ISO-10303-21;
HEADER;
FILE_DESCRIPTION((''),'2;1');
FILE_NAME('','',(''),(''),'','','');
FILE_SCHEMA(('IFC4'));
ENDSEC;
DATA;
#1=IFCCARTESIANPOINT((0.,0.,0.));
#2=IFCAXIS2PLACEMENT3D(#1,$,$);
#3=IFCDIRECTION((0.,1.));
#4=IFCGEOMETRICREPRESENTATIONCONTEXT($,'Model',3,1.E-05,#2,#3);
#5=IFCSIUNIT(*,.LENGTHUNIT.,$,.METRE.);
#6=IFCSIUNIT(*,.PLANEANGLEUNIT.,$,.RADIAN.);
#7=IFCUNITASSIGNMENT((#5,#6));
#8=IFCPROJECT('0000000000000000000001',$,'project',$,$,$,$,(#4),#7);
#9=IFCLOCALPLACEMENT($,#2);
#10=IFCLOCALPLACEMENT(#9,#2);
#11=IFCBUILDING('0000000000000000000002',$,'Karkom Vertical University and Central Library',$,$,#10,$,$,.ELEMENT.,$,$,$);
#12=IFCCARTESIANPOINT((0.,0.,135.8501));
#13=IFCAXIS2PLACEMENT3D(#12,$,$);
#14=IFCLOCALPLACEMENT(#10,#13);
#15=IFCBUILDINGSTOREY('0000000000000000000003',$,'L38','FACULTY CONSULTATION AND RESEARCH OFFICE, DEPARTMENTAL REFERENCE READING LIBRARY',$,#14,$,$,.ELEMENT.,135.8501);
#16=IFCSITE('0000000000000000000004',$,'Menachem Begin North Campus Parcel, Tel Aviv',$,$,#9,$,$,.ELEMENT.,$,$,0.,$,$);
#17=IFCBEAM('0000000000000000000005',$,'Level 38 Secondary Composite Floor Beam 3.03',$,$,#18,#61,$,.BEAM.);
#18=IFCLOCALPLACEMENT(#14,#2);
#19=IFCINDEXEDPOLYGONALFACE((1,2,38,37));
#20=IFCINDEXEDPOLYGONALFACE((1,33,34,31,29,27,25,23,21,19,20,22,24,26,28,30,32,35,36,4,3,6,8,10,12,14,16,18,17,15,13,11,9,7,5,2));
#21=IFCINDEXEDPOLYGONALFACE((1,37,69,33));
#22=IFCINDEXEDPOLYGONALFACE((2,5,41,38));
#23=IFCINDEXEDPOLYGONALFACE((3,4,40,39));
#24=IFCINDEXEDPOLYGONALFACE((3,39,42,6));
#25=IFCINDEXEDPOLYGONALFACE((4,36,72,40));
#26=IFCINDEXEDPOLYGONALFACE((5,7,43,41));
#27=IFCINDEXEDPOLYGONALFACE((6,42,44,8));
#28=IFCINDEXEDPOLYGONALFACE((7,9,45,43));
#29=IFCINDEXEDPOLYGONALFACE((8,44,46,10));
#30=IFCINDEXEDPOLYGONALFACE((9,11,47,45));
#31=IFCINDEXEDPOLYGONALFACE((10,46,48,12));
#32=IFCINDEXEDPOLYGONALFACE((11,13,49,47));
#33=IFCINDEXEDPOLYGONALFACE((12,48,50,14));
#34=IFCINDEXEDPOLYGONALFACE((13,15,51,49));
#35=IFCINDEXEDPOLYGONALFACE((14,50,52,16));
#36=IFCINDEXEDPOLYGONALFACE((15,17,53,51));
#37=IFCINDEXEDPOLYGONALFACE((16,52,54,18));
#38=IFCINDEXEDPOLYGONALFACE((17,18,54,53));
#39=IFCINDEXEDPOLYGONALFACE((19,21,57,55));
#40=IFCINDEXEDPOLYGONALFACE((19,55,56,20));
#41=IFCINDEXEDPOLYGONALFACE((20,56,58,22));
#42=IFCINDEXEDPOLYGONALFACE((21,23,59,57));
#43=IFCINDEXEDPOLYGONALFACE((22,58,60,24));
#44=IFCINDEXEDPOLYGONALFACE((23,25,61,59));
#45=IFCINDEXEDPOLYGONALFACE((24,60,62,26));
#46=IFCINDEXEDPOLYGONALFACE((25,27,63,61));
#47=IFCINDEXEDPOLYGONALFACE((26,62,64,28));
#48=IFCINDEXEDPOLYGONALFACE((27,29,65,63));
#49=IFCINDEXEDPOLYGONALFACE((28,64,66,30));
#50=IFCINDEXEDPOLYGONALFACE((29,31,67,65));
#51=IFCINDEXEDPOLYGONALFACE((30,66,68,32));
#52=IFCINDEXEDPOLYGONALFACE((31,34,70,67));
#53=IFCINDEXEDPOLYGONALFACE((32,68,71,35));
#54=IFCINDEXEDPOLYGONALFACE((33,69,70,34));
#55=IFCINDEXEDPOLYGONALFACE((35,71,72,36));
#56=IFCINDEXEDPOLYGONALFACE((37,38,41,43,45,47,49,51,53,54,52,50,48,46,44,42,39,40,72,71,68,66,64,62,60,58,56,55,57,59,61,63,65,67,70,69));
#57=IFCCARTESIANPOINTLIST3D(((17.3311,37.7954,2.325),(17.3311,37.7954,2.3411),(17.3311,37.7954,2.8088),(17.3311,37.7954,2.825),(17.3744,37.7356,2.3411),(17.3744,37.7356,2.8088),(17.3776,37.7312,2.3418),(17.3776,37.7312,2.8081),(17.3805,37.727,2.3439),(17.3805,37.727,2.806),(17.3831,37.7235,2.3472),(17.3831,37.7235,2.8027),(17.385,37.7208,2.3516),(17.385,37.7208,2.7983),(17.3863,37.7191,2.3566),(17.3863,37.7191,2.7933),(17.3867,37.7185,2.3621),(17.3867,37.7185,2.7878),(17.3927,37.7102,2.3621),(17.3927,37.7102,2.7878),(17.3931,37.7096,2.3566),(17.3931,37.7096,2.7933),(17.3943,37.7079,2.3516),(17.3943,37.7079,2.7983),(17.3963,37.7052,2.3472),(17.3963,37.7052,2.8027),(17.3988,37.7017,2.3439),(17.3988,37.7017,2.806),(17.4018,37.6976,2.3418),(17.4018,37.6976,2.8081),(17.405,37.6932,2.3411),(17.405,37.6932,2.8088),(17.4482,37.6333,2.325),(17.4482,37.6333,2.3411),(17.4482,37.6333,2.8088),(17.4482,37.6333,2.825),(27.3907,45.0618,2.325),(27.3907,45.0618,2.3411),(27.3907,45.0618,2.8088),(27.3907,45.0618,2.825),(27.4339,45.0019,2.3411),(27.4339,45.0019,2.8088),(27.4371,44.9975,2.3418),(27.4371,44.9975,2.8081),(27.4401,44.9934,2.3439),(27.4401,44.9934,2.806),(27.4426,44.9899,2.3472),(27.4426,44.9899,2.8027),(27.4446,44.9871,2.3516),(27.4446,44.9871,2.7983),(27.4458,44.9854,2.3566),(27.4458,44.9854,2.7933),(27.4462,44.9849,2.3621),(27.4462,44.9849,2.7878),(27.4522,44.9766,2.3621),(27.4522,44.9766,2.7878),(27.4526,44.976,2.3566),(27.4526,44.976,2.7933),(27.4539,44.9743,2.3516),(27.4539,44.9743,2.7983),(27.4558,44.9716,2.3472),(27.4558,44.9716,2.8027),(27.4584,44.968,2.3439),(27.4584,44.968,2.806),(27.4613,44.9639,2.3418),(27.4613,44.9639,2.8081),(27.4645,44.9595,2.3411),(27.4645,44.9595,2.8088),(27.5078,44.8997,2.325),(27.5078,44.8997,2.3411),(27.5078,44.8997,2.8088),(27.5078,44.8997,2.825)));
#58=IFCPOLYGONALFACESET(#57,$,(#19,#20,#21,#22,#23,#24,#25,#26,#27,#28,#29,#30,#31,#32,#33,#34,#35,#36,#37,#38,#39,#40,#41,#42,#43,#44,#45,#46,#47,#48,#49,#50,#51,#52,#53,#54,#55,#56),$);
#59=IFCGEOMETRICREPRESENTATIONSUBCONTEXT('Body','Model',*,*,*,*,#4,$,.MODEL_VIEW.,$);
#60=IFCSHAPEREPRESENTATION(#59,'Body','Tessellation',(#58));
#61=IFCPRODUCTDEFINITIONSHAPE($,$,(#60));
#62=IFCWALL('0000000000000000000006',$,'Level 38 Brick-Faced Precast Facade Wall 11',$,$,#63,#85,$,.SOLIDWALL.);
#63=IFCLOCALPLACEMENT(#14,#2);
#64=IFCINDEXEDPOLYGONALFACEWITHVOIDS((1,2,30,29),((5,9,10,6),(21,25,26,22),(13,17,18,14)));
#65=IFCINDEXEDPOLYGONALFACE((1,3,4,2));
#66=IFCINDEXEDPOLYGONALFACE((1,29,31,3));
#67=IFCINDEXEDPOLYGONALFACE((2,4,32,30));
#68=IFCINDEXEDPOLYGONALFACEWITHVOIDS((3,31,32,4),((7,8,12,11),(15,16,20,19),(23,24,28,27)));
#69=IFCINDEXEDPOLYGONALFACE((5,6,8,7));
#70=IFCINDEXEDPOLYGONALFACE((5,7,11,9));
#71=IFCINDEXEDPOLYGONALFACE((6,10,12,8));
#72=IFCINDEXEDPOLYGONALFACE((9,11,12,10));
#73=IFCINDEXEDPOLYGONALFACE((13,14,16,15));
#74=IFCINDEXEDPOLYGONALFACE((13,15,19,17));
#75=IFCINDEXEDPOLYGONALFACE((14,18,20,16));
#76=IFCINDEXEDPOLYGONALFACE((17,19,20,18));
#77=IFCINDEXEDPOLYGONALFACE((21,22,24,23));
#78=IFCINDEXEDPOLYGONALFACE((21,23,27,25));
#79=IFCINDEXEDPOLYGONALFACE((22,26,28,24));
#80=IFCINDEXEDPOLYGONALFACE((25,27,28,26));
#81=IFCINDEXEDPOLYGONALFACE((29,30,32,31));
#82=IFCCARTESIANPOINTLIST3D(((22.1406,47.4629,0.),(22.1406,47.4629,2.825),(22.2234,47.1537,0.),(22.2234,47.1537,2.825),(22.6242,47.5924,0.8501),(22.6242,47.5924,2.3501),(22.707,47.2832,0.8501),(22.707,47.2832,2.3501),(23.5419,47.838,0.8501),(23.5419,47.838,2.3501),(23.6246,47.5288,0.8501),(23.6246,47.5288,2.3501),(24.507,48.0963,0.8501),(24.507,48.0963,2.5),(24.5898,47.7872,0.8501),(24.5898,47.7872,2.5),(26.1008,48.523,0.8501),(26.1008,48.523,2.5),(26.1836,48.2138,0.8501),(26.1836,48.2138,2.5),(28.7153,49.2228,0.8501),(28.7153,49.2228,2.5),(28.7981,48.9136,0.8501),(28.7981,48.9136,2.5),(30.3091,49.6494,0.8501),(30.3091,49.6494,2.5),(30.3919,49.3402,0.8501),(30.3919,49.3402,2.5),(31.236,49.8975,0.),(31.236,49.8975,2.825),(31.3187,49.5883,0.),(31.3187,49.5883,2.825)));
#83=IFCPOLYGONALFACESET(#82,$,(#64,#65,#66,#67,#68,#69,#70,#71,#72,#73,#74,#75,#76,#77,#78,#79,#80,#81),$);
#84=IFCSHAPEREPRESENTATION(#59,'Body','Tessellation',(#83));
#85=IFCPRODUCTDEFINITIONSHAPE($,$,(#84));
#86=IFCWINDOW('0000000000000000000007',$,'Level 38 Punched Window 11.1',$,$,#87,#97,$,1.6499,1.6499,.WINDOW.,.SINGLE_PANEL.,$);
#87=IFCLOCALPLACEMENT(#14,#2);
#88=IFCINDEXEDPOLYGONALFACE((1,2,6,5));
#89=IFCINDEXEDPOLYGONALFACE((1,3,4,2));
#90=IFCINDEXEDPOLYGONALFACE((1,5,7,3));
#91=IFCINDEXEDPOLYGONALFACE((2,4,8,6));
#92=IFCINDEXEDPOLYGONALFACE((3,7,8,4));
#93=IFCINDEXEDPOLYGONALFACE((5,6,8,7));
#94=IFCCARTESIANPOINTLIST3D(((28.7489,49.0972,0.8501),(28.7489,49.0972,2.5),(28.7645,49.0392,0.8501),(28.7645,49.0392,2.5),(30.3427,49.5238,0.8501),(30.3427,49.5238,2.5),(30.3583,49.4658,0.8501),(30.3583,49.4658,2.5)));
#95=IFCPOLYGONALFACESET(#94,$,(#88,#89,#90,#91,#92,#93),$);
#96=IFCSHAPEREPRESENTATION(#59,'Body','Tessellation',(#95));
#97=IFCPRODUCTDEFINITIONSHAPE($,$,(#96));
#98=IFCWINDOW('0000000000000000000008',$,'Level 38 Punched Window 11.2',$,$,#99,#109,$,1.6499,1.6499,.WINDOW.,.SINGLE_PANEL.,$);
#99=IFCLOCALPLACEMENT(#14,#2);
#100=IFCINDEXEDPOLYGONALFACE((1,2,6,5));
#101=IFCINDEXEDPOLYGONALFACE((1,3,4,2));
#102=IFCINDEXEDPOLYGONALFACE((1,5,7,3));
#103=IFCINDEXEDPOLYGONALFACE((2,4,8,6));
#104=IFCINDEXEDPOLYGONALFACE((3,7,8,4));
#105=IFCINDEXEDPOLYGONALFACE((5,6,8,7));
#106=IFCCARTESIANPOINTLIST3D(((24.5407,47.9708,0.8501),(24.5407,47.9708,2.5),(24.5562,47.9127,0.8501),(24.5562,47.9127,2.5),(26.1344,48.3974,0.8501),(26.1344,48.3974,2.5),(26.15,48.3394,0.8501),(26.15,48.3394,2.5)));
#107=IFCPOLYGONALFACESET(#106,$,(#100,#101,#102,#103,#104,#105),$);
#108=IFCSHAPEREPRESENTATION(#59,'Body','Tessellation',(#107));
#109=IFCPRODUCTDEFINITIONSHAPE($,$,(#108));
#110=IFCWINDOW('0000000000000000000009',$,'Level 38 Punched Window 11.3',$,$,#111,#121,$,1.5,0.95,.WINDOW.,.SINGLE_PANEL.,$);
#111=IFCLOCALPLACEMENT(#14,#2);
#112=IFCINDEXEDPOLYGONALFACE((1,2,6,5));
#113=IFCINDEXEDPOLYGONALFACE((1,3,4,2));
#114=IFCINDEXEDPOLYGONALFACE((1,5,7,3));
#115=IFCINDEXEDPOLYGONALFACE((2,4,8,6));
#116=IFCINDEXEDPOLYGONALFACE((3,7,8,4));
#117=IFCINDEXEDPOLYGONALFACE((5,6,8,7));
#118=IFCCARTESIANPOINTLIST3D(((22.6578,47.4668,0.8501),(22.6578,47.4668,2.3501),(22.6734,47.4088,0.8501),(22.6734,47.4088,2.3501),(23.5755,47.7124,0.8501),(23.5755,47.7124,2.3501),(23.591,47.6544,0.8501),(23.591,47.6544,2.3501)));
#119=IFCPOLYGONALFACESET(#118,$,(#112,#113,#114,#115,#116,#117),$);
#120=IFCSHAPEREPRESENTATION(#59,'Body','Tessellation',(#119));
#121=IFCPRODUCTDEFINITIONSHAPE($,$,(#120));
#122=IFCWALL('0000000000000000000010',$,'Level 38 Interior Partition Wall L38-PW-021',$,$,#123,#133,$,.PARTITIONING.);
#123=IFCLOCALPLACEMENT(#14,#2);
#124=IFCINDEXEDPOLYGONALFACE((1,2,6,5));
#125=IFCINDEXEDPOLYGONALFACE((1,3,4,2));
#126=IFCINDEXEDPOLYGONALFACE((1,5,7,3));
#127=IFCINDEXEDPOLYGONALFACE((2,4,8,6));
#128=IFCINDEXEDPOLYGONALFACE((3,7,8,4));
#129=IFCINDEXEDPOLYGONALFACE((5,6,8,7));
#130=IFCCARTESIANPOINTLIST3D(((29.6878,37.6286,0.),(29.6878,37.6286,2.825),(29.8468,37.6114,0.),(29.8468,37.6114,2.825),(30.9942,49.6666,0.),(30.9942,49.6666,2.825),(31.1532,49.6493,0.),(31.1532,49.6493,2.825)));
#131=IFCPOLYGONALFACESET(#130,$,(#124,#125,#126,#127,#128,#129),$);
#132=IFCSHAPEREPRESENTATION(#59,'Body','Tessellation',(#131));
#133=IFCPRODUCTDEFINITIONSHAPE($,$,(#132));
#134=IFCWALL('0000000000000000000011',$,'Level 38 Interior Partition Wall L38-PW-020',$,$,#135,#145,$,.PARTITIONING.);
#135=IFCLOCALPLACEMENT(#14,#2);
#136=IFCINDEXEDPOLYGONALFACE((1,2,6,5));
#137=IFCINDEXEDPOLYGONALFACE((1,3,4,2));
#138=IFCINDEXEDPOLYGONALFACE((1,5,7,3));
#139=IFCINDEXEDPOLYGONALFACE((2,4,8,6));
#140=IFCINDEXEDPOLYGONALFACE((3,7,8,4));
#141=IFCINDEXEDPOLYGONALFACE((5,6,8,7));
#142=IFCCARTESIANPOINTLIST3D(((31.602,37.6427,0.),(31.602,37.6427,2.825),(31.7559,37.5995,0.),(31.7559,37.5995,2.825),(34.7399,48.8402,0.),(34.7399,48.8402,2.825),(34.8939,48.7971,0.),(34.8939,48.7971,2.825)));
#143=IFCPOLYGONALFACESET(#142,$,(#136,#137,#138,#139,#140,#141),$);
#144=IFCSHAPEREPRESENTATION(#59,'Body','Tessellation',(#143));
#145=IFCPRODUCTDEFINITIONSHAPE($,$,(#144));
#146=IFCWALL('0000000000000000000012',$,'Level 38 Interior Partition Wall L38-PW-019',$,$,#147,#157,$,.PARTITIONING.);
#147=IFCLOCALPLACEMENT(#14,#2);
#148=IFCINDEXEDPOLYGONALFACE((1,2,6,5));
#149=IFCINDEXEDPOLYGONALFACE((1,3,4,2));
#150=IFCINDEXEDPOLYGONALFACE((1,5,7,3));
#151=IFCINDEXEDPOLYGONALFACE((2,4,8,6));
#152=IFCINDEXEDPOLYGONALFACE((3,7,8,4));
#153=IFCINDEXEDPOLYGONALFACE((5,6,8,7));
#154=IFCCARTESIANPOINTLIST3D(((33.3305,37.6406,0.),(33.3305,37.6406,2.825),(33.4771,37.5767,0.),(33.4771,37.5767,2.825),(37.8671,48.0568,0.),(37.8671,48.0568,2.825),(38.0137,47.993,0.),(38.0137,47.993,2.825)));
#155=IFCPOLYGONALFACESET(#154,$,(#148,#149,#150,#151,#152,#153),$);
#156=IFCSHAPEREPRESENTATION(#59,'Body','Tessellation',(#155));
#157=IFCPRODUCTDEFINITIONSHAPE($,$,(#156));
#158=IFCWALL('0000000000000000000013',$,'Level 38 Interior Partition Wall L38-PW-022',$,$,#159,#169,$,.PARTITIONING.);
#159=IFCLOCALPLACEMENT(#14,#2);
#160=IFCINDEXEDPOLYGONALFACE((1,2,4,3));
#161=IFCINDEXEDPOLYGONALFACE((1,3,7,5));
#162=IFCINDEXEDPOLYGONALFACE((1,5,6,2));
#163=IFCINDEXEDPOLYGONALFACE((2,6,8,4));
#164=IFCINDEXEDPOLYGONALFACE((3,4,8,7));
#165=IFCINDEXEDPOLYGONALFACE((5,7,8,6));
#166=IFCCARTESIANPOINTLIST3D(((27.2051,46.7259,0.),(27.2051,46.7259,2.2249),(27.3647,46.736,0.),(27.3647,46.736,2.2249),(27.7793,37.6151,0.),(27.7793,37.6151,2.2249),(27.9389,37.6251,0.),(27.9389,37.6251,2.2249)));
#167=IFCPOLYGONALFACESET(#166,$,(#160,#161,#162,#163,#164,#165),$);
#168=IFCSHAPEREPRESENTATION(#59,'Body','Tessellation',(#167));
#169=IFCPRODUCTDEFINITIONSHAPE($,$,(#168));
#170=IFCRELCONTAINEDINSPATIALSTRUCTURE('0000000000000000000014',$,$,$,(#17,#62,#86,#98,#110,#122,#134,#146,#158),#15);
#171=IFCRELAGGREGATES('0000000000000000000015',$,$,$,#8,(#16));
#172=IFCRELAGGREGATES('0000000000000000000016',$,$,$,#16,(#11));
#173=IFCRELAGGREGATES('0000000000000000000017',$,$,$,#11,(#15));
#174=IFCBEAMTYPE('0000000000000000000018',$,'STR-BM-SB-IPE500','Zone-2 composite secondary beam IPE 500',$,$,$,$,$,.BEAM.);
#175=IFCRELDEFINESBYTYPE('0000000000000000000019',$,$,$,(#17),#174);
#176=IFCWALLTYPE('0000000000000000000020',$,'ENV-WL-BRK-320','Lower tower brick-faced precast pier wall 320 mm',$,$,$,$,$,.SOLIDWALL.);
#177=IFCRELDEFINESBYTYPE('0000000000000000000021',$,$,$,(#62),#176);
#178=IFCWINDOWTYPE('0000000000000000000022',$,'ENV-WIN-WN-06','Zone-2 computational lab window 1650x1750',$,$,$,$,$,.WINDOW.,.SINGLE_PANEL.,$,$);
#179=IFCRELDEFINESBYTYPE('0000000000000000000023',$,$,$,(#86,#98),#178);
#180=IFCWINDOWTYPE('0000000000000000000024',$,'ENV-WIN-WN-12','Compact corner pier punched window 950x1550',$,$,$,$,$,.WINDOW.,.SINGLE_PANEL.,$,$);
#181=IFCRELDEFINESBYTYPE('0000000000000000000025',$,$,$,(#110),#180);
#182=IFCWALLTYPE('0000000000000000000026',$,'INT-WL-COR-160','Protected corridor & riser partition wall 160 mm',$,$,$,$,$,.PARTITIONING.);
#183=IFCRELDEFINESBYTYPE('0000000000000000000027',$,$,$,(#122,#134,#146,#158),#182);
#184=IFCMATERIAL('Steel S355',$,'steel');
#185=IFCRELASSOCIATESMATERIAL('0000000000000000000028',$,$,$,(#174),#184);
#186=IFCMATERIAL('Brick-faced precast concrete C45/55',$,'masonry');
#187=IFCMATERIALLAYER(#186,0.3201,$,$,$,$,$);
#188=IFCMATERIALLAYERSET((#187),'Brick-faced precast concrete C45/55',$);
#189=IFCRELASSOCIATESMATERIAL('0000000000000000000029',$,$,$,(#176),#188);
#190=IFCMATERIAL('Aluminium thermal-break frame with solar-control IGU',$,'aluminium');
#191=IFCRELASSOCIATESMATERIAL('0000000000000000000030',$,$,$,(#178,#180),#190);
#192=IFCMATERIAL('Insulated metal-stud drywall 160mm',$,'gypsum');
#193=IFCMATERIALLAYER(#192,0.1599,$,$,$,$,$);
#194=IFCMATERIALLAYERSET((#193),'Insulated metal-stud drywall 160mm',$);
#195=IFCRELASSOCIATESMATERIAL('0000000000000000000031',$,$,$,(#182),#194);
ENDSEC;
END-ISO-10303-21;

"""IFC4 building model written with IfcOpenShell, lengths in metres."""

from ifc_helpers import new_model, si_unit, direction, frame, frame_2d, origin, origin_with_axes, origin_2d, place, context, subcontext, project, spatial, rectangle, i_section, extrude, source, transform, mapped, material, layer, layer_set, material_profile, profile_set, type_object, element, fill, save


model = new_model("IFC4")

# Units and contexts
model_context = context("Model", 3, precision=1e-05, world=origin(), true_north=direction((0.0, 1.0)))
body_context = subcontext(model_context, "Body", "Model", "MODEL_VIEW")
ifc_project = project(units=[si_unit("LENGTHUNIT", "METRE"), si_unit("PLANEANGLEUNIT", "RADIAN")], contexts=[model_context])

# Site, building, storey
site_placement = place(None, origin())
site = spatial("IfcSite", under=ifc_project, at=site_placement, Name="Menachem Begin North Campus Parcel, Tel Aviv", CompositionType="ELEMENT", RefElevation=0.0)
building_placement = place(site_placement, origin())
building = spatial("IfcBuilding", under=site, at=building_placement, Name="Karkom Vertical University and Central Library", CompositionType="ELEMENT")
storey_placement = place(building_placement, frame((0.0, 0.0, 135.8501)))
storey = spatial("IfcBuildingStorey", under=building, at=storey_placement, Name="L38", Description="FACULTY CONSULTATION AND RESEARCH OFFICE, DEPARTMENTAL REFERENCE READING LIBRARY", CompositionType="ELEMENT", Elevation=135.8501)

# Beam
ifc_material_1 = material(Name="Steel S355", Category="steel")
ifc_material_profile_1 = material_profile(ifc_material_1, i_section(OverallWidth=0.2, OverallDepth=0.5, WebThickness=0.0103, FlangeThickness=0.0161, FilletRadius=0.021, at=origin_2d()), Name="IPE 500")
ifc_profile_set_1 = profile_set([ifc_material_profile_1], Name="Steel S355")
beam_type_1 = type_object("IfcBeamType", Name="STR-BM-SB-IPE500", Description="Zone-2 composite secondary beam IPE 500", PredefinedType="BEAM", material=ifc_profile_set_1)
shared_shape_1 = source(origin_with_axes(), body_context, "Body", "SweptSolid", [
    extrude(i_section(OverallWidth=0.2, OverallDepth=0.5, WebThickness=0.0103, FlangeThickness=0.0161, FilletRadius=0.021, at=origin_2d()), origin(), (0.0, 0.0, 1.0), 12.4094),
])
beam_1_placement = place(storey_placement, frame((27.4492, 44.9807, 2.575), z_axis=(-0.810637, -0.585549, 0.0), x_axis=(0.585549, -0.810637, 0.0)))
element("IfcBeam", 1, at=beam_1_placement, inside=storey, type_object=beam_type_1, Name="Level 38 Secondary Composite Floor Beam 3.03", PredefinedType="BEAM", context=body_context, shape_type="MappedRepresentation", body=[
    mapped(shared_shape_1, transform((0.0, 0.0, 0.0), scale=1.0)),
])

# Wall, openings, windows
ifc_material_2 = material(Name="Brick-faced precast concrete C45/55", Category="masonry")
ifc_layer_1 = layer(ifc_material_2, 0.3201)
ifc_layer_set_1 = layer_set([ifc_layer_1], Name="Brick-faced precast concrete C45/55")
wall_type_1 = type_object("IfcWallType", Name="ENV-WL-BRK-320", Description="Lower tower brick-faced precast pier wall 320 mm", PredefinedType="SOLIDWALL", material=ifc_layer_set_1)
wall_1_placement = place(storey_placement, frame((31.2773, 49.7429, 0.0), z_axis=(0.0, 0.0, 1.0), x_axis=(-0.965992, -0.258573, 0.0)))
wall_1 = element("IfcWall", 2, at=wall_1_placement, inside=storey, type_object=wall_type_1, Name="Level 38 Brick-Faced Precast Facade Wall 11", PredefinedType="SOLIDWALL", context=body_context, shape_type="SweptSolid", body=[
    extrude(rectangle(XDim=9.4155, YDim=0.3201, at=frame_2d((4.7078, 0.0))), origin(), (0.0, 0.0, 1.0), 2.825),
])
opening_1_placement = place(wall_1_placement, frame((0.9595, 0.0, 0.8501)))
opening_1 = element("IfcOpeningElement", 3, at=opening_1_placement, cuts=wall_1, PredefinedType="OPENING", context=body_context, shape_type="SweptSolid", body=[
    extrude(rectangle(XDim=1.6499, YDim=1.6499, at=frame_2d((0.825, 0.825))), frame((0.0, 0.1699, 0.0), z_axis=(0.0, -1.0, 0.0), x_axis=(1.0, 0.0, 0.0)), (0.0, 0.0, 1.0), 0.3401),
])
opening_2_placement = place(wall_1_placement, frame((5.3159, 0.0, 0.8501)))
opening_2 = element("IfcOpeningElement", 4, at=opening_2_placement, cuts=wall_1, PredefinedType="OPENING", context=body_context, shape_type="SweptSolid", body=[
    extrude(rectangle(XDim=1.6499, YDim=1.6499, at=frame_2d((0.825, 0.825))), frame((0.0, 0.1699, 0.0), z_axis=(0.0, -1.0, 0.0), x_axis=(1.0, 0.0, 0.0)), (0.0, 0.0, 1.0), 0.3401),
])
opening_3_placement = place(wall_1_placement, frame((7.9648, 0.0, 0.8501)))
opening_3 = element("IfcOpeningElement", 5, at=opening_3_placement, cuts=wall_1, PredefinedType="OPENING", context=body_context, shape_type="SweptSolid", body=[
    extrude(rectangle(XDim=0.95, YDim=1.5, at=frame_2d((0.4751, 0.75))), frame((0.0, 0.1699, 0.0), z_axis=(0.0, -1.0, 0.0), x_axis=(1.0, 0.0, 0.0)), (0.0, 0.0, 1.0), 0.3401),
])
ifc_material_3 = material(Name="Aluminium thermal-break frame with solar-control IGU", Category="aluminium")
window_type_1 = type_object("IfcWindowType", Name="ENV-WIN-WN-06", Description="Zone-2 computational lab window 1650x1750", PartitioningType="SINGLE_PANEL", PredefinedType="WINDOW", material=ifc_material_3)
shared_shape_2 = source(origin_with_axes(), body_context, "Body", "SweptSolid", [
    extrude(rectangle(XDim=1.6499, YDim=1.6499, at=frame_2d((0.825, 0.825))), frame((0.0, 0.03, 0.0), z_axis=(0.0, -1.0, 0.0), x_axis=(1.0, 0.0, 0.0)), (0.0, 0.0, 1.0), 0.0601),
])
window_1_placement = place(opening_1_placement, origin())
window_1 = element("IfcWindow", 6, at=window_1_placement, inside=storey, type_object=window_type_1, Name="Level 38 Punched Window 11.1", OverallHeight=1.6499, OverallWidth=1.6499, PartitioningType="SINGLE_PANEL", PredefinedType="WINDOW", context=body_context, shape_type="MappedRepresentation", body=[
    mapped(shared_shape_2, transform((0.0, 0.0, 0.0), scale=1.0)),
])
fill(opening_1, window_1)
window_2_placement = place(opening_2_placement, origin())
window_2 = element("IfcWindow", 7, at=window_2_placement, inside=storey, type_object=window_type_1, Name="Level 38 Punched Window 11.2", OverallHeight=1.6499, OverallWidth=1.6499, PartitioningType="SINGLE_PANEL", PredefinedType="WINDOW", context=body_context, shape_type="MappedRepresentation", body=[
    mapped(shared_shape_2, transform((0.0, 0.0, 0.0), scale=1.0)),
])
fill(opening_2, window_2)
window_type_2 = type_object("IfcWindowType", Name="ENV-WIN-WN-12", Description="Compact corner pier punched window 950x1550", PartitioningType="SINGLE_PANEL", PredefinedType="WINDOW", material=ifc_material_3)
shared_shape_3 = source(origin_with_axes(), body_context, "Body", "SweptSolid", [
    extrude(rectangle(XDim=0.95, YDim=1.5, at=frame_2d((0.4751, 0.75))), frame((0.0, 0.03, 0.0), z_axis=(0.0, -1.0, 0.0), x_axis=(1.0, 0.0, 0.0)), (0.0, 0.0, 1.0), 0.0601),
])
window_3_placement = place(opening_3_placement, origin())
window_3 = element("IfcWindow", 8, at=window_3_placement, inside=storey, type_object=window_type_2, Name="Level 38 Punched Window 11.3", OverallHeight=1.5, OverallWidth=0.95, PartitioningType="SINGLE_PANEL", PredefinedType="WINDOW", context=body_context, shape_type="MappedRepresentation", body=[
    mapped(shared_shape_3, transform((0.0, 0.0, 0.0), scale=1.0)),
])
fill(opening_3, window_3)

# Walls
ifc_material_4 = material(Name="Insulated metal-stud drywall 160mm", Category="gypsum")
ifc_layer_2 = layer(ifc_material_4, 0.1599)
ifc_layer_set_2 = layer_set([ifc_layer_2], Name="Insulated metal-stud drywall 160mm")
wall_type_2 = type_object("IfcWallType", Name="INT-WL-COR-160", Description="Protected corridor & riser partition wall 160 mm", PredefinedType="PARTITIONING", material=ifc_layer_set_2)
wall_2_placement = place(storey_placement, frame((29.7673, 37.6201, 0.0), z_axis=(0.0, 0.0, 1.0), x_axis=(0.107891, 0.994163, 0.0)))
element("IfcWall", 9, at=wall_2_placement, inside=storey, type_object=wall_type_2, Name="Level 38 Interior Partition Wall L38-PW-021", PredefinedType="PARTITIONING", context=body_context, shape_type="SweptSolid", body=[
    extrude(rectangle(XDim=12.1086, YDim=0.1599, at=frame_2d((6.0542, 0.0))), origin(), (0.0, 0.0, 1.0), 2.825),
])
wall_3_placement = place(storey_placement, frame((31.679, 37.6211, 0.0), z_axis=(0.0, 0.0, 1.0), x_axis=(0.26984, 0.962905, 0.0)))
element("IfcWall", 10, at=wall_3_placement, inside=storey, type_object=wall_type_2, Name="Level 38 Interior Partition Wall L38-PW-020", PredefinedType="PARTITIONING", context=body_context, shape_type="SweptSolid", body=[
    extrude(rectangle(XDim=11.6289, YDim=0.1599, at=frame_2d((5.8145, 0.0))), origin(), (0.0, 0.0, 1.0), 2.825),
])
wall_4_placement = place(storey_placement, frame((33.4038, 37.6086, 0.0), z_axis=(0.0, 0.0, 1.0), x_axis=(0.399304, 0.916818, 0.0)))
element("IfcWall", 11, at=wall_4_placement, inside=storey, type_object=wall_type_2, Name="Level 38 Interior Partition Wall L38-PW-019", PredefinedType="PARTITIONING", context=body_context, shape_type="SweptSolid", body=[
    extrude(rectangle(XDim=11.3613, YDim=0.1599, at=frame_2d((5.6807, 0.0))), origin(), (0.0, 0.0, 1.0), 2.825),
])
wall_5_placement = place(storey_placement, frame((27.8591, 37.6201, 0.0), z_axis=(0.0, 0.0, 1.0), x_axis=(-0.062901, 0.99802, 0.0)))
element("IfcWall", 12, at=wall_5_placement, inside=storey, type_object=wall_type_2, Name="Level 38 Interior Partition Wall L38-PW-022", PredefinedType="PARTITIONING", context=body_context, shape_type="SweptSolid", body=[
    extrude(rectangle(XDim=9.1289, YDim=0.1599, at=frame_2d((4.5645, 0.0))), origin(), (0.0, 0.0, 1.0), 2.2249),
])

save(model, "model.ifc")
